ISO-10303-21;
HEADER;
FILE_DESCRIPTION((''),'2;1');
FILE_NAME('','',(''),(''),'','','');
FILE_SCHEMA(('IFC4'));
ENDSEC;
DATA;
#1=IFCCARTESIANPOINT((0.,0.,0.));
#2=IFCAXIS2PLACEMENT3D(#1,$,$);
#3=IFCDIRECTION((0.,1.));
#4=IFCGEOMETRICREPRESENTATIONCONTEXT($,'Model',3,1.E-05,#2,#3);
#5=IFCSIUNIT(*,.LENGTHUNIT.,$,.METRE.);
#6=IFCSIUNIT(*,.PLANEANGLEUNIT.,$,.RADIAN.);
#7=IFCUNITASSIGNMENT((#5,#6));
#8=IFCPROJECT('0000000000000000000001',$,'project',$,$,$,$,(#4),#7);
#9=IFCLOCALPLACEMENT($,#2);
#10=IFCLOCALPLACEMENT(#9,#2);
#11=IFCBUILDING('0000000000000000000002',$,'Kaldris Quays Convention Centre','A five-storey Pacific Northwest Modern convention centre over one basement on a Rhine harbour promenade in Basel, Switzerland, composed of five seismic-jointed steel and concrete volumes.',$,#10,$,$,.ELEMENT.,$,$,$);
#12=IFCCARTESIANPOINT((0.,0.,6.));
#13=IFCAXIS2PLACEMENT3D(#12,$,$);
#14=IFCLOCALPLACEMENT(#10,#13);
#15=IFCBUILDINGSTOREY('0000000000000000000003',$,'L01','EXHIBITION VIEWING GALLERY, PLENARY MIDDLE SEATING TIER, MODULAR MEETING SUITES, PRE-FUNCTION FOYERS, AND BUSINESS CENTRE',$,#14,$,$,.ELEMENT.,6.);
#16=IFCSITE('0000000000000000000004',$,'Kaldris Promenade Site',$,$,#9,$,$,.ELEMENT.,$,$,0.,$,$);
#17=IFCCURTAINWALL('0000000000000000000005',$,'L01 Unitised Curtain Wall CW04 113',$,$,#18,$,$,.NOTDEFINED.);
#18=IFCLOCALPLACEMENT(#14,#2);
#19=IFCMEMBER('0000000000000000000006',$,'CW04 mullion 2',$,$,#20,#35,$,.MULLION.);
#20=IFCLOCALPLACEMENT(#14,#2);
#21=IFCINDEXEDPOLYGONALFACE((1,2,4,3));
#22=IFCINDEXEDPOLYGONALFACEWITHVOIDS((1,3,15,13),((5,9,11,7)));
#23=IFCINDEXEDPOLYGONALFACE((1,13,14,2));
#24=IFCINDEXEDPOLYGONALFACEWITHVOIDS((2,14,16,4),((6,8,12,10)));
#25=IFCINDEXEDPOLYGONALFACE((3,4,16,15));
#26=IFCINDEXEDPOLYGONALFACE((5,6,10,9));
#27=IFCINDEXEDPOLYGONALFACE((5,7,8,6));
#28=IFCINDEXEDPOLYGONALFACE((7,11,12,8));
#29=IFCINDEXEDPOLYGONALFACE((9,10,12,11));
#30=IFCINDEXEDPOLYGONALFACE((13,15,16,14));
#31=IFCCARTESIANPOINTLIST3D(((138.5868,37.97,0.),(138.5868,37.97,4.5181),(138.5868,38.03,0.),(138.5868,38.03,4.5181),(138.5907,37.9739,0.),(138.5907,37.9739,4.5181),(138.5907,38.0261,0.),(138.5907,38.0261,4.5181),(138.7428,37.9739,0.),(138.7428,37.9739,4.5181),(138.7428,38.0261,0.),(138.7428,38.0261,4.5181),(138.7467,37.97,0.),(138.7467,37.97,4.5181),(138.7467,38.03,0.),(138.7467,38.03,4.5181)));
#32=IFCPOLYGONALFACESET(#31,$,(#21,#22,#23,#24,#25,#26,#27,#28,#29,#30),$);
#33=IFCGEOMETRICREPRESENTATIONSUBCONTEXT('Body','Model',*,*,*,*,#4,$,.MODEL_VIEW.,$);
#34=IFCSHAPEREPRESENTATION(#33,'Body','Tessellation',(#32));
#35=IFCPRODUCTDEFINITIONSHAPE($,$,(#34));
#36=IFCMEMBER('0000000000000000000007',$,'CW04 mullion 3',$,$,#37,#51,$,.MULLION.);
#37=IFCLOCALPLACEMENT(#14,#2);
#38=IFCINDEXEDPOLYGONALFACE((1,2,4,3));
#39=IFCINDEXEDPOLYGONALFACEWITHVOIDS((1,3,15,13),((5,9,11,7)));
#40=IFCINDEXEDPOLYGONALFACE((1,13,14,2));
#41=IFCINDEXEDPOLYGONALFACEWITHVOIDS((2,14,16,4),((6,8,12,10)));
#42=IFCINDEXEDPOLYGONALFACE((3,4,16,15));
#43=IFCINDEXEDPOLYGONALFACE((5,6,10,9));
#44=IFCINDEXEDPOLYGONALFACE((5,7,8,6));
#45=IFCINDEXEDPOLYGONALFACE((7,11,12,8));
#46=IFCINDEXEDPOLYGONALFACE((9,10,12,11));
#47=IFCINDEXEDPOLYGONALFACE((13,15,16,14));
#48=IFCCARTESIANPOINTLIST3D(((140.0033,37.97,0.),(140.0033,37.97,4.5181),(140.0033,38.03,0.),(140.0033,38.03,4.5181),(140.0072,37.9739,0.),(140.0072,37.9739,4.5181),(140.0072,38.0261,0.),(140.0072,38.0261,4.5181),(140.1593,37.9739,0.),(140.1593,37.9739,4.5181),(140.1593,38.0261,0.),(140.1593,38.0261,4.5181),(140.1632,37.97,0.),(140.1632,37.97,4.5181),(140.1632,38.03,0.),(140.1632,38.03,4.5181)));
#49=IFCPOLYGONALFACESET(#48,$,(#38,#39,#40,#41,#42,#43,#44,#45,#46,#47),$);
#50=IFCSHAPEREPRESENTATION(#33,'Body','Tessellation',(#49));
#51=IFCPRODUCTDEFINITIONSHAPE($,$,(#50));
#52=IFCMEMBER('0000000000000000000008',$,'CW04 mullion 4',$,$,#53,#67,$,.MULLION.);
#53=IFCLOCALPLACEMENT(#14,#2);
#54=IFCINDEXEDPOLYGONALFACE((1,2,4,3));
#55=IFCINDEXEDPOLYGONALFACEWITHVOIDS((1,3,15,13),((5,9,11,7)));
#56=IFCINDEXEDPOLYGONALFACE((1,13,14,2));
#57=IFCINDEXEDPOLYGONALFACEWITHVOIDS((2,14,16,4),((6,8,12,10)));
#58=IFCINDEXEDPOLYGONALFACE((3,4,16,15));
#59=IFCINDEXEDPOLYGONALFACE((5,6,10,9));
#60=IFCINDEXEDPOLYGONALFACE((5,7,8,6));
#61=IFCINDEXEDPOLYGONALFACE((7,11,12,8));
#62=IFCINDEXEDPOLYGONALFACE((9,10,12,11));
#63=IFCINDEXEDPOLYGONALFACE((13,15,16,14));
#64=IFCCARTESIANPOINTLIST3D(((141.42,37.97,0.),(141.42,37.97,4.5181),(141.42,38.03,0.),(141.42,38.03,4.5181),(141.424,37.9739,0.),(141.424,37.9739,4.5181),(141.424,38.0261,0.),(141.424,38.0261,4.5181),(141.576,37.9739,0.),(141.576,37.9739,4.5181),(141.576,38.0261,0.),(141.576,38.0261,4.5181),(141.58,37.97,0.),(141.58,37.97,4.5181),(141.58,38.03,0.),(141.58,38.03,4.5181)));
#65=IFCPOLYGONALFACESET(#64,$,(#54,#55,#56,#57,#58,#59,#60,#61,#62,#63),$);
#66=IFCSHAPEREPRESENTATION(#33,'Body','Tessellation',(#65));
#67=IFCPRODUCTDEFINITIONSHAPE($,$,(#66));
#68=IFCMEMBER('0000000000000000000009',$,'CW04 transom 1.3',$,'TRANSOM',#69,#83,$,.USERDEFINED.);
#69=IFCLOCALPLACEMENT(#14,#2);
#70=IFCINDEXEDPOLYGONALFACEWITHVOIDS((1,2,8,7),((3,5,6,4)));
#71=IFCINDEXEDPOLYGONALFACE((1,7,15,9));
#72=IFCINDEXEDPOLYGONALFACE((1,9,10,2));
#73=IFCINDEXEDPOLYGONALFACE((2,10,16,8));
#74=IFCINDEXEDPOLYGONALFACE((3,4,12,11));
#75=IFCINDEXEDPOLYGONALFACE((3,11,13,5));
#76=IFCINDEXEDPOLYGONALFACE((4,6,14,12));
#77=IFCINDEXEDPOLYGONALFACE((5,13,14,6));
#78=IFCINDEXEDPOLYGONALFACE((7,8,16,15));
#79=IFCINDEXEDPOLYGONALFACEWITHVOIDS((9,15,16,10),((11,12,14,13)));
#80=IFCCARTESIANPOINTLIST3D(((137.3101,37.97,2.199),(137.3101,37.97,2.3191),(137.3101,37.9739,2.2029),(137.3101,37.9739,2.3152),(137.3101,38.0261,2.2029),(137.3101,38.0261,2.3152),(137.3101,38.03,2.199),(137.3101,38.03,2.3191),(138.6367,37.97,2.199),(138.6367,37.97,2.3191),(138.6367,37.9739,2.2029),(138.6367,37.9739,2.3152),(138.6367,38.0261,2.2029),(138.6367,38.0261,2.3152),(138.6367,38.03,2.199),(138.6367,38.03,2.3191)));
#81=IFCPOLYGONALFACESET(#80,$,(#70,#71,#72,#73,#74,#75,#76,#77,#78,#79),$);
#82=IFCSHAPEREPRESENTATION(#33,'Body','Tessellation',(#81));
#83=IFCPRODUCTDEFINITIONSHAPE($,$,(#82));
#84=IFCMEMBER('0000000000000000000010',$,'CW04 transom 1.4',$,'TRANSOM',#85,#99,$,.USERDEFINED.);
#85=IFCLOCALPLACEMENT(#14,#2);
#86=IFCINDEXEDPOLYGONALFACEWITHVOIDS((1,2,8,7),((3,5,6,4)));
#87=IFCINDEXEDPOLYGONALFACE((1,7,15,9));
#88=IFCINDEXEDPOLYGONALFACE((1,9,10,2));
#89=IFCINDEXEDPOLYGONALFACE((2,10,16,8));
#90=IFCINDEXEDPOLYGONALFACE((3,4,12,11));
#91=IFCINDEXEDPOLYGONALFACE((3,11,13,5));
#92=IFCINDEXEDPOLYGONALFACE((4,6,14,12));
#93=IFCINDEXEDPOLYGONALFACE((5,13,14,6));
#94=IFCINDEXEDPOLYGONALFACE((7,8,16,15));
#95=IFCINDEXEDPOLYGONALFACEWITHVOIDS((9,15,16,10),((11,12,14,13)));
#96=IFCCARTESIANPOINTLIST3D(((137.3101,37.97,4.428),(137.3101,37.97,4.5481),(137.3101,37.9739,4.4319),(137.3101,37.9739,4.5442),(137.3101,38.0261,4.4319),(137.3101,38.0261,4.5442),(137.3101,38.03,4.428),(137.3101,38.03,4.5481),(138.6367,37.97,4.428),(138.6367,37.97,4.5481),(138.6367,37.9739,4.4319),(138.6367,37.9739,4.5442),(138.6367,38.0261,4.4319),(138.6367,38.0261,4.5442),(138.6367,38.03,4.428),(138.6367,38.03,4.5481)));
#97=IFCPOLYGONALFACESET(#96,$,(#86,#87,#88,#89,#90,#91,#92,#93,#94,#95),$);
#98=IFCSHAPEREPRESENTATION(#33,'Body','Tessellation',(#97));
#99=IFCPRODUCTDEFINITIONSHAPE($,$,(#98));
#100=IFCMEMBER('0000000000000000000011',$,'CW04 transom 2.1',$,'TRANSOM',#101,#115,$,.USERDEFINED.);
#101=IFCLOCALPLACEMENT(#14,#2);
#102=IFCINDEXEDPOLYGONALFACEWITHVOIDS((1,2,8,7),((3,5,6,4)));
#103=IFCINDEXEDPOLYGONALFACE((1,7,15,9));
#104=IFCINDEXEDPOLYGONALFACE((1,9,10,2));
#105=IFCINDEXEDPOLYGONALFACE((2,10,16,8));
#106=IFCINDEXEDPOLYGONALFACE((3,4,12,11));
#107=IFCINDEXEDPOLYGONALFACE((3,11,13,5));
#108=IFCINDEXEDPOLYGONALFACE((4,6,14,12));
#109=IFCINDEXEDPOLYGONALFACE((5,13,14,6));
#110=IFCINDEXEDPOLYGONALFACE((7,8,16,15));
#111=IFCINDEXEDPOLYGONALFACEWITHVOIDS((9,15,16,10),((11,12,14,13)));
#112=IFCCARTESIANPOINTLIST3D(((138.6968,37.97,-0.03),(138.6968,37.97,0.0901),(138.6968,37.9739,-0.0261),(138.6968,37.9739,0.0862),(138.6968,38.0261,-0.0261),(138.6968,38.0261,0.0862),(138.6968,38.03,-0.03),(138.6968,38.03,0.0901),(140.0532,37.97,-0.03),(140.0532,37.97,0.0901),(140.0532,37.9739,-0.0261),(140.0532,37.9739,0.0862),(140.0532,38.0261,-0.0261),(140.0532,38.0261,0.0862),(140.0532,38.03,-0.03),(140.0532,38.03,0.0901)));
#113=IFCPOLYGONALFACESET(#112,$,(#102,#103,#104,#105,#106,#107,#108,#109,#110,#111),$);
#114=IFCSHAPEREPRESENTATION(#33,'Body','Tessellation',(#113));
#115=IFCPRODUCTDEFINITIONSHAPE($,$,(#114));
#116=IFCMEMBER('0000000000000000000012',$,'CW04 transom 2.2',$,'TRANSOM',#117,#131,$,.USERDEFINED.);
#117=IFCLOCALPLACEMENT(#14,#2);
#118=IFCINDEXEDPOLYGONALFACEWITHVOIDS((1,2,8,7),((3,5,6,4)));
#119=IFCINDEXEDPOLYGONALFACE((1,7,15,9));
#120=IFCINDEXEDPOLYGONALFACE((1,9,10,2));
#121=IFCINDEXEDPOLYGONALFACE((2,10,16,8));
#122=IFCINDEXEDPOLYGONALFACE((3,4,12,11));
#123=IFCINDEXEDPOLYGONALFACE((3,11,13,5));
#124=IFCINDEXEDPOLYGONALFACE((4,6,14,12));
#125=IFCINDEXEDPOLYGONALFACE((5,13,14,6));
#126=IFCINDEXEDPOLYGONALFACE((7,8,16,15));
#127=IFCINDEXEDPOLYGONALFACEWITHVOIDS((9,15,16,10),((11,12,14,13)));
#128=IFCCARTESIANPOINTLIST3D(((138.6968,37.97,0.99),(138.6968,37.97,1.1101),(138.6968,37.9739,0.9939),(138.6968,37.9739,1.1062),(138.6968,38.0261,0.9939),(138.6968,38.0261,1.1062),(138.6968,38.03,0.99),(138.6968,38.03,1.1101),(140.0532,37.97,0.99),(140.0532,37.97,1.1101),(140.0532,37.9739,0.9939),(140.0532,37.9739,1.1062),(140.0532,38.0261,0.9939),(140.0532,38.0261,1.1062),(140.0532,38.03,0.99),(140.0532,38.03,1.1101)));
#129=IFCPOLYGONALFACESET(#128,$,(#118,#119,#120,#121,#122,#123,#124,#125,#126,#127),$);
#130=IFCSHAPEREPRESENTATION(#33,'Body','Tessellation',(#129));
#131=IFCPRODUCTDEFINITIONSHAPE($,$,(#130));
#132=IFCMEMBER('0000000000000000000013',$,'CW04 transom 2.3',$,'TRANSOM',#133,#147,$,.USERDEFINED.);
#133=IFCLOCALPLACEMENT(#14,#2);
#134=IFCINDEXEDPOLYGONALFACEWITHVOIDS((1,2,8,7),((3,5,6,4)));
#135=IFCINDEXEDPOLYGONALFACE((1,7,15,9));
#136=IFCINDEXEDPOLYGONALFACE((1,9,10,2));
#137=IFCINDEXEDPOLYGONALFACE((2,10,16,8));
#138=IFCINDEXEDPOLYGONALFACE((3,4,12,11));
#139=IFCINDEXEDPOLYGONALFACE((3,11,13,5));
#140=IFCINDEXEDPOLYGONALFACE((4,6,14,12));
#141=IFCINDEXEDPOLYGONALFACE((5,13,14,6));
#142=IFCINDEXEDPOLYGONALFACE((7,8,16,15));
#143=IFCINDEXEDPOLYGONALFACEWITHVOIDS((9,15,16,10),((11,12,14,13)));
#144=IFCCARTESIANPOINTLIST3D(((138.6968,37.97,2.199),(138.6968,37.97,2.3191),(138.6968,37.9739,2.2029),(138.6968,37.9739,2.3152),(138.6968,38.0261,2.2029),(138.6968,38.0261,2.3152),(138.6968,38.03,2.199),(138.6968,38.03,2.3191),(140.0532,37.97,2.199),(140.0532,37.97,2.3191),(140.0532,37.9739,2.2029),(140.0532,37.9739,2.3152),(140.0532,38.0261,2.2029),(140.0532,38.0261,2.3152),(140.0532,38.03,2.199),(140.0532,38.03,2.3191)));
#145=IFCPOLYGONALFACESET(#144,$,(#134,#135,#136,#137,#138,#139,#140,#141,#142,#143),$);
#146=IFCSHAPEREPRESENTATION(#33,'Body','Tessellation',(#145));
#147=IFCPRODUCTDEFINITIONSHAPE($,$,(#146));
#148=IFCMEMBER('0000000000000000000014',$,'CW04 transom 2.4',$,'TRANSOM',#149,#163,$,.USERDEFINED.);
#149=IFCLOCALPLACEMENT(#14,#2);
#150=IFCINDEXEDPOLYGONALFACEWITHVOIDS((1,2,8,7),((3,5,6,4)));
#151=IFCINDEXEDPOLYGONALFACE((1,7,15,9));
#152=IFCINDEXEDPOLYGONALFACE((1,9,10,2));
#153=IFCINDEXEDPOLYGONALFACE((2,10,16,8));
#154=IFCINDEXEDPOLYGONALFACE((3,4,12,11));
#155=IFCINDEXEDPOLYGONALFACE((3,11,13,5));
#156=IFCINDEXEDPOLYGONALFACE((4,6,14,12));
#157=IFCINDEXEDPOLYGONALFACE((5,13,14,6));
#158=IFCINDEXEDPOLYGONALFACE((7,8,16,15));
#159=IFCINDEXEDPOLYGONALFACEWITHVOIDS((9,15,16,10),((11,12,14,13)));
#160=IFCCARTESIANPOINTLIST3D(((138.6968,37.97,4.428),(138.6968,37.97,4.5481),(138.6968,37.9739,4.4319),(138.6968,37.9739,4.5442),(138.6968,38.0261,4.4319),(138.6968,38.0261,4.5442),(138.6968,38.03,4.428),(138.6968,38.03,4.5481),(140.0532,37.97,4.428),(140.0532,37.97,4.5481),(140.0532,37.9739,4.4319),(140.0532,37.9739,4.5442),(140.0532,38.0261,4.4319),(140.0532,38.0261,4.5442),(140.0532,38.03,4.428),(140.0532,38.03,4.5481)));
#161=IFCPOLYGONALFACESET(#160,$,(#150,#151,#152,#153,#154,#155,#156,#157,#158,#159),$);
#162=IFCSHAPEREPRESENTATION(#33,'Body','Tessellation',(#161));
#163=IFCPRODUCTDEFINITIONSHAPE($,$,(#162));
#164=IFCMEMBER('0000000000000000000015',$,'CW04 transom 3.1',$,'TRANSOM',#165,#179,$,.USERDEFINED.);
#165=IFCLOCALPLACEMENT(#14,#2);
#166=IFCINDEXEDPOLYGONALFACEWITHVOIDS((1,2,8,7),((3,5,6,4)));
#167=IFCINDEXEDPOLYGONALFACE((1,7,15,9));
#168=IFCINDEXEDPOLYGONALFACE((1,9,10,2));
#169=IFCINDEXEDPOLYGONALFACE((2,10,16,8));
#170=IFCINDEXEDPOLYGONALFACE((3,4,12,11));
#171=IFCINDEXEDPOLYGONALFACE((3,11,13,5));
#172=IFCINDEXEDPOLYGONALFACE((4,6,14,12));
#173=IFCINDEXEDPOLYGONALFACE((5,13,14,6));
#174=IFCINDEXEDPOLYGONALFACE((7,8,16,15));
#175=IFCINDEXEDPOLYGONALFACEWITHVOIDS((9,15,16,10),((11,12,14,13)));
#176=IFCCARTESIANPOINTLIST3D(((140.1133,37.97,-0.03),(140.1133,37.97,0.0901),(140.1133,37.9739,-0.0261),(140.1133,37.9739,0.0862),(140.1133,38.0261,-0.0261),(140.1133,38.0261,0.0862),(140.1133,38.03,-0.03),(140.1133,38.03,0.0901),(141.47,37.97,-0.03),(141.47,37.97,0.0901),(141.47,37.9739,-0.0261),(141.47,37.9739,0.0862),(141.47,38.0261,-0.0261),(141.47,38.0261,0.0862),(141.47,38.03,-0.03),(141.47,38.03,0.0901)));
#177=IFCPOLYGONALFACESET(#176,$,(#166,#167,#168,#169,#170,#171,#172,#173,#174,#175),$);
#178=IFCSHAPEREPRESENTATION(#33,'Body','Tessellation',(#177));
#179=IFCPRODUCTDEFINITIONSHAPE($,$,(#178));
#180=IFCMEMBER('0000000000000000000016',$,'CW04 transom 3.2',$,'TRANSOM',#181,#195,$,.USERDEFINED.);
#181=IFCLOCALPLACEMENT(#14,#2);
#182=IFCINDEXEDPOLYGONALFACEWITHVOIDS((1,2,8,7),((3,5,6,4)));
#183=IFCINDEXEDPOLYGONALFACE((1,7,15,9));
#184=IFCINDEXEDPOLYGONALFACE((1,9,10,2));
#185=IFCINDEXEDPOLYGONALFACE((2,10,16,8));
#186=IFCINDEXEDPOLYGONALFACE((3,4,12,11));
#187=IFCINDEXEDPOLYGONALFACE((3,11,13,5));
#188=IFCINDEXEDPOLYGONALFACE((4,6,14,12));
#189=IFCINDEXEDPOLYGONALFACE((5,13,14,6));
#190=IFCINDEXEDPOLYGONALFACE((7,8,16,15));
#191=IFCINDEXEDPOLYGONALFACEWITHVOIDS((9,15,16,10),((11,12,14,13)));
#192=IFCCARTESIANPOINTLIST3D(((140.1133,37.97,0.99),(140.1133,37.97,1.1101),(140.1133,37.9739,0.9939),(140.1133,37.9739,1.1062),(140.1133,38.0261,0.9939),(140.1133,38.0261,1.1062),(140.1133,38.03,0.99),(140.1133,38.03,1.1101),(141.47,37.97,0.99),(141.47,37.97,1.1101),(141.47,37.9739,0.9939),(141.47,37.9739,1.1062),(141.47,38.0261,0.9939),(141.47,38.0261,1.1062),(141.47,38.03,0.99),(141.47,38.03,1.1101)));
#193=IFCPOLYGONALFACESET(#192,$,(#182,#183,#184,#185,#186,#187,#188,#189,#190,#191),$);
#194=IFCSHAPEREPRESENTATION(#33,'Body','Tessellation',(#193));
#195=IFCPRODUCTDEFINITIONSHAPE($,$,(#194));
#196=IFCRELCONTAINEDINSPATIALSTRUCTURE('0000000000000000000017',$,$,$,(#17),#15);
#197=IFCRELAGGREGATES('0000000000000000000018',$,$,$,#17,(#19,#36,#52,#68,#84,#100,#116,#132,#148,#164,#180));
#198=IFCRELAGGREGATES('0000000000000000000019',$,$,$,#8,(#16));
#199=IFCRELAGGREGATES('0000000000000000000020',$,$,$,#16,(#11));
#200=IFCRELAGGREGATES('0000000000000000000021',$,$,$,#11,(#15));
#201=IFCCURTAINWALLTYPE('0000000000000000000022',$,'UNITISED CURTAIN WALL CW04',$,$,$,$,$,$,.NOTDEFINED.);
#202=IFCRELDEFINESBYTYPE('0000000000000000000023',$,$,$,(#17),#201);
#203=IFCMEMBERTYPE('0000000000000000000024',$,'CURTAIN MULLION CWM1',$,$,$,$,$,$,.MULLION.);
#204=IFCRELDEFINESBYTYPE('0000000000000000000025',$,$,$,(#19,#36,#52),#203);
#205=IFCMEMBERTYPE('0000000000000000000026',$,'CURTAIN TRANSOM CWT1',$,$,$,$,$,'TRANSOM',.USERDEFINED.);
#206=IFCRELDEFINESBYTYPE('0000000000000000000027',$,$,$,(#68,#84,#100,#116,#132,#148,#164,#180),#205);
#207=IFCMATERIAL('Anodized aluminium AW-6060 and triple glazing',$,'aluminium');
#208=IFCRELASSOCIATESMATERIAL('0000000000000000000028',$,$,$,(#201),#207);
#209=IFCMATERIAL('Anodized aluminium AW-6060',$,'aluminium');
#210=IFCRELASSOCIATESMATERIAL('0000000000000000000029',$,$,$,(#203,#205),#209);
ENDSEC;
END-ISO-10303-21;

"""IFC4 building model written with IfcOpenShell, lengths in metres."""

from ifc_helpers import new_model, si_unit, direction, frame, origin, origin_2d, place, context, subcontext, project, spatial, hollow_rectangle, extrude, material, material_profile, profile_set, type_object, element, aggregate, save


model = new_model("IFC4")

# Units and contexts
model_context = context("Model", 3, precision=1e-05, world=origin(), true_north=direction((0.0, 1.0)))
body_context = subcontext(model_context, "Body", "Model", "MODEL_VIEW")
ifc_project = project(units=[si_unit("LENGTHUNIT", "METRE"), si_unit("PLANEANGLEUNIT", "RADIAN")], contexts=[model_context])

# Site, building, storey
site_placement = place(None, origin())
site = spatial("IfcSite", under=ifc_project, at=site_placement, Name="Kaldris Promenade Site", CompositionType="ELEMENT", RefElevation=0.0)
building_placement = place(site_placement, origin())
building = spatial("IfcBuilding", under=site, at=building_placement, Name="Kaldris Quays Convention Centre", Description="A five-storey Pacific Northwest Modern convention centre over one basement on a Rhine harbour promenade in Basel, Switzerland, composed of five seismic-jointed steel and concrete volumes.", CompositionType="ELEMENT")
storey_placement = place(building_placement, frame((0.0, 0.0, 6.0)))
storey = spatial("IfcBuildingStorey", under=building, at=storey_placement, Name="L01", Description="EXHIBITION VIEWING GALLERY, PLENARY MIDDLE SEATING TIER, MODULAR MEETING SUITES, PRE-FUNCTION FOYERS, AND BUSINESS CENTRE", CompositionType="ELEMENT", Elevation=6.0)

# Curtain wall, members
ifc_material_1 = material(Name="Anodized aluminium AW-6060 and triple glazing", Category="aluminium")
curtain_wall_type = type_object("IfcCurtainWallType", Name="UNITISED CURTAIN WALL CW04", PredefinedType="NOTDEFINED", material=ifc_material_1)
curtain_wall_placement = place(storey_placement, origin())
curtain_wall = element("IfcCurtainWall", 1, at=curtain_wall_placement, inside=storey, type_object=curtain_wall_type, Name="L01 Unitised Curtain Wall CW04 113", PredefinedType="NOTDEFINED")
ifc_material_2 = material(Name="Anodized aluminium AW-6060", Category="aluminium")
ifc_material_profile_1 = material_profile(ifc_material_2, hollow_rectangle(XDim=0.0601, YDim=0.1599, WallThickness=0.0039, at=origin_2d()), Name="RHS 160x60x4")
ifc_profile_set_1 = profile_set([ifc_material_profile_1], Name="Anodized aluminium AW-6060")
member_type_1 = type_object("IfcMemberType", Name="CURTAIN MULLION CWM1", PredefinedType="MULLION", material=ifc_profile_set_1)
member_1_placement = place(storey_placement, frame((138.6667, 38.0, 0.0), z_axis=(0.0, 0.0, 1.0), x_axis=(0.0, 1.0, 0.0)))
member_1 = element("IfcMember", 2, at=member_1_placement, type_object=member_type_1, Name="CW04 mullion 2", PredefinedType="MULLION", context=body_context, shape_type="SweptSolid", body=[
    extrude(hollow_rectangle(XDim=0.0601, YDim=0.1599, WallThickness=0.0039, at=origin_2d()), origin(), (0.0, 0.0, 1.0), 4.5181),
])
member_2_placement = place(storey_placement, frame((140.0833, 38.0, 0.0), z_axis=(0.0, 0.0, 1.0), x_axis=(0.0, 1.0, 0.0)))
member_2 = element("IfcMember", 3, at=member_2_placement, type_object=member_type_1, Name="CW04 mullion 3", PredefinedType="MULLION", context=body_context, shape_type="SweptSolid", body=[
    extrude(hollow_rectangle(XDim=0.0601, YDim=0.1599, WallThickness=0.0039, at=origin_2d()), origin(), (0.0, 0.0, 1.0), 4.5181),
])
member_3_placement = place(storey_placement, frame((141.5, 38.0, 0.0), z_axis=(0.0, 0.0, 1.0), x_axis=(0.0, 1.0, 0.0)))
member_3 = element("IfcMember", 4, at=member_3_placement, type_object=member_type_1, Name="CW04 mullion 4", PredefinedType="MULLION", context=body_context, shape_type="SweptSolid", body=[
    extrude(hollow_rectangle(XDim=0.0601, YDim=0.1599, WallThickness=0.0039, at=origin_2d()), origin(), (0.0, 0.0, 1.0), 4.5181),
])
ifc_material_profile_2 = material_profile(ifc_material_2, hollow_rectangle(XDim=0.0601, YDim=0.1201, WallThickness=0.0039, at=origin_2d()), Name="RHS 120x60x4")
ifc_profile_set_2 = profile_set([ifc_material_profile_2], Name="Anodized aluminium AW-6060")
member_type_2 = type_object("IfcMemberType", Name="CURTAIN TRANSOM CWT1", ElementType="TRANSOM", PredefinedType="USERDEFINED", material=ifc_profile_set_2)
member_4_placement = place(storey_placement, frame((137.3101, 38.0, 2.259), z_axis=(1.0, 0.0, 0.0), x_axis=(0.0, 1.0, 0.0)))
member_4 = element("IfcMember", 5, at=member_4_placement, type_object=member_type_2, Name="CW04 transom 1.3", ObjectType="TRANSOM", PredefinedType="USERDEFINED", context=body_context, shape_type="SweptSolid", body=[
    extrude(hollow_rectangle(XDim=0.0601, YDim=0.1201, WallThickness=0.0039, at=origin_2d()), origin(), (0.0, 0.0, 1.0), 1.3267),
])
member_5_placement = place(storey_placement, frame((137.3101, 38.0, 4.488), z_axis=(1.0, 0.0, 0.0), x_axis=(0.0, 1.0, 0.0)))
member_5 = element("IfcMember", 6, at=member_5_placement, type_object=member_type_2, Name="CW04 transom 1.4", ObjectType="TRANSOM", PredefinedType="USERDEFINED", context=body_context, shape_type="SweptSolid", body=[
    extrude(hollow_rectangle(XDim=0.0601, YDim=0.1201, WallThickness=0.0039, at=origin_2d()), origin(), (0.0, 0.0, 1.0), 1.3267),
])
member_6_placement = place(storey_placement, frame((138.6968, 38.0, 0.03), z_axis=(1.0, 0.0, 0.0), x_axis=(0.0, 1.0, 0.0)))
member_6 = element("IfcMember", 7, at=member_6_placement, type_object=member_type_2, Name="CW04 transom 2.1", ObjectType="TRANSOM", PredefinedType="USERDEFINED", context=body_context, shape_type="SweptSolid", body=[
    extrude(hollow_rectangle(XDim=0.0601, YDim=0.1201, WallThickness=0.0039, at=origin_2d()), origin(), (0.0, 0.0, 1.0), 1.3564),
])
member_7_placement = place(storey_placement, frame((138.6968, 38.0, 1.05), z_axis=(1.0, 0.0, 0.0), x_axis=(0.0, 1.0, 0.0)))
member_7 = element("IfcMember", 8, at=member_7_placement, type_object=member_type_2, Name="CW04 transom 2.2", ObjectType="TRANSOM", PredefinedType="USERDEFINED", context=body_context, shape_type="SweptSolid", body=[
    extrude(hollow_rectangle(XDim=0.0601, YDim=0.1201, WallThickness=0.0039, at=origin_2d()), origin(), (0.0, 0.0, 1.0), 1.3564),
])
member_8_placement = place(storey_placement, frame((138.6968, 38.0, 2.259), z_axis=(1.0, 0.0, 0.0), x_axis=(0.0, 1.0, 0.0)))
member_8 = element("IfcMember", 9, at=member_8_placement, type_object=member_type_2, Name="CW04 transom 2.3", ObjectType="TRANSOM", PredefinedType="USERDEFINED", context=body_context, shape_type="SweptSolid", body=[
    extrude(hollow_rectangle(XDim=0.0601, YDim=0.1201, WallThickness=0.0039, at=origin_2d()), origin(), (0.0, 0.0, 1.0), 1.3564),
])
member_9_placement = place(storey_placement, frame((138.6968, 38.0, 4.488), z_axis=(1.0, 0.0, 0.0), x_axis=(0.0, 1.0, 0.0)))
member_9 = element("IfcMember", 10, at=member_9_placement, type_object=member_type_2, Name="CW04 transom 2.4", ObjectType="TRANSOM", PredefinedType="USERDEFINED", context=body_context, shape_type="SweptSolid", body=[
    extrude(hollow_rectangle(XDim=0.0601, YDim=0.1201, WallThickness=0.0039, at=origin_2d()), origin(), (0.0, 0.0, 1.0), 1.3564),
])
member_10_placement = place(storey_placement, frame((140.1133, 38.0, 0.03), z_axis=(1.0, 0.0, 0.0), x_axis=(0.0, 1.0, 0.0)))
member_10 = element("IfcMember", 11, at=member_10_placement, type_object=member_type_2, Name="CW04 transom 3.1", ObjectType="TRANSOM", PredefinedType="USERDEFINED", context=body_context, shape_type="SweptSolid", body=[
    extrude(hollow_rectangle(XDim=0.0601, YDim=0.1201, WallThickness=0.0039, at=origin_2d()), origin(), (0.0, 0.0, 1.0), 1.3567),
])
member_11_placement = place(storey_placement, frame((140.1133, 38.0, 1.05), z_axis=(1.0, 0.0, 0.0), x_axis=(0.0, 1.0, 0.0)))
member_11 = element("IfcMember", 12, at=member_11_placement, type_object=member_type_2, Name="CW04 transom 3.2", ObjectType="TRANSOM", PredefinedType="USERDEFINED", context=body_context, shape_type="SweptSolid", body=[
    extrude(hollow_rectangle(XDim=0.0601, YDim=0.1201, WallThickness=0.0039, at=origin_2d()), origin(), (0.0, 0.0, 1.0), 1.3567),
])
aggregate(curtain_wall, [member_1, member_2, member_3, member_4, member_5, member_6, member_7, member_8, member_9, member_10, member_11])

save(model, "model.ifc")
